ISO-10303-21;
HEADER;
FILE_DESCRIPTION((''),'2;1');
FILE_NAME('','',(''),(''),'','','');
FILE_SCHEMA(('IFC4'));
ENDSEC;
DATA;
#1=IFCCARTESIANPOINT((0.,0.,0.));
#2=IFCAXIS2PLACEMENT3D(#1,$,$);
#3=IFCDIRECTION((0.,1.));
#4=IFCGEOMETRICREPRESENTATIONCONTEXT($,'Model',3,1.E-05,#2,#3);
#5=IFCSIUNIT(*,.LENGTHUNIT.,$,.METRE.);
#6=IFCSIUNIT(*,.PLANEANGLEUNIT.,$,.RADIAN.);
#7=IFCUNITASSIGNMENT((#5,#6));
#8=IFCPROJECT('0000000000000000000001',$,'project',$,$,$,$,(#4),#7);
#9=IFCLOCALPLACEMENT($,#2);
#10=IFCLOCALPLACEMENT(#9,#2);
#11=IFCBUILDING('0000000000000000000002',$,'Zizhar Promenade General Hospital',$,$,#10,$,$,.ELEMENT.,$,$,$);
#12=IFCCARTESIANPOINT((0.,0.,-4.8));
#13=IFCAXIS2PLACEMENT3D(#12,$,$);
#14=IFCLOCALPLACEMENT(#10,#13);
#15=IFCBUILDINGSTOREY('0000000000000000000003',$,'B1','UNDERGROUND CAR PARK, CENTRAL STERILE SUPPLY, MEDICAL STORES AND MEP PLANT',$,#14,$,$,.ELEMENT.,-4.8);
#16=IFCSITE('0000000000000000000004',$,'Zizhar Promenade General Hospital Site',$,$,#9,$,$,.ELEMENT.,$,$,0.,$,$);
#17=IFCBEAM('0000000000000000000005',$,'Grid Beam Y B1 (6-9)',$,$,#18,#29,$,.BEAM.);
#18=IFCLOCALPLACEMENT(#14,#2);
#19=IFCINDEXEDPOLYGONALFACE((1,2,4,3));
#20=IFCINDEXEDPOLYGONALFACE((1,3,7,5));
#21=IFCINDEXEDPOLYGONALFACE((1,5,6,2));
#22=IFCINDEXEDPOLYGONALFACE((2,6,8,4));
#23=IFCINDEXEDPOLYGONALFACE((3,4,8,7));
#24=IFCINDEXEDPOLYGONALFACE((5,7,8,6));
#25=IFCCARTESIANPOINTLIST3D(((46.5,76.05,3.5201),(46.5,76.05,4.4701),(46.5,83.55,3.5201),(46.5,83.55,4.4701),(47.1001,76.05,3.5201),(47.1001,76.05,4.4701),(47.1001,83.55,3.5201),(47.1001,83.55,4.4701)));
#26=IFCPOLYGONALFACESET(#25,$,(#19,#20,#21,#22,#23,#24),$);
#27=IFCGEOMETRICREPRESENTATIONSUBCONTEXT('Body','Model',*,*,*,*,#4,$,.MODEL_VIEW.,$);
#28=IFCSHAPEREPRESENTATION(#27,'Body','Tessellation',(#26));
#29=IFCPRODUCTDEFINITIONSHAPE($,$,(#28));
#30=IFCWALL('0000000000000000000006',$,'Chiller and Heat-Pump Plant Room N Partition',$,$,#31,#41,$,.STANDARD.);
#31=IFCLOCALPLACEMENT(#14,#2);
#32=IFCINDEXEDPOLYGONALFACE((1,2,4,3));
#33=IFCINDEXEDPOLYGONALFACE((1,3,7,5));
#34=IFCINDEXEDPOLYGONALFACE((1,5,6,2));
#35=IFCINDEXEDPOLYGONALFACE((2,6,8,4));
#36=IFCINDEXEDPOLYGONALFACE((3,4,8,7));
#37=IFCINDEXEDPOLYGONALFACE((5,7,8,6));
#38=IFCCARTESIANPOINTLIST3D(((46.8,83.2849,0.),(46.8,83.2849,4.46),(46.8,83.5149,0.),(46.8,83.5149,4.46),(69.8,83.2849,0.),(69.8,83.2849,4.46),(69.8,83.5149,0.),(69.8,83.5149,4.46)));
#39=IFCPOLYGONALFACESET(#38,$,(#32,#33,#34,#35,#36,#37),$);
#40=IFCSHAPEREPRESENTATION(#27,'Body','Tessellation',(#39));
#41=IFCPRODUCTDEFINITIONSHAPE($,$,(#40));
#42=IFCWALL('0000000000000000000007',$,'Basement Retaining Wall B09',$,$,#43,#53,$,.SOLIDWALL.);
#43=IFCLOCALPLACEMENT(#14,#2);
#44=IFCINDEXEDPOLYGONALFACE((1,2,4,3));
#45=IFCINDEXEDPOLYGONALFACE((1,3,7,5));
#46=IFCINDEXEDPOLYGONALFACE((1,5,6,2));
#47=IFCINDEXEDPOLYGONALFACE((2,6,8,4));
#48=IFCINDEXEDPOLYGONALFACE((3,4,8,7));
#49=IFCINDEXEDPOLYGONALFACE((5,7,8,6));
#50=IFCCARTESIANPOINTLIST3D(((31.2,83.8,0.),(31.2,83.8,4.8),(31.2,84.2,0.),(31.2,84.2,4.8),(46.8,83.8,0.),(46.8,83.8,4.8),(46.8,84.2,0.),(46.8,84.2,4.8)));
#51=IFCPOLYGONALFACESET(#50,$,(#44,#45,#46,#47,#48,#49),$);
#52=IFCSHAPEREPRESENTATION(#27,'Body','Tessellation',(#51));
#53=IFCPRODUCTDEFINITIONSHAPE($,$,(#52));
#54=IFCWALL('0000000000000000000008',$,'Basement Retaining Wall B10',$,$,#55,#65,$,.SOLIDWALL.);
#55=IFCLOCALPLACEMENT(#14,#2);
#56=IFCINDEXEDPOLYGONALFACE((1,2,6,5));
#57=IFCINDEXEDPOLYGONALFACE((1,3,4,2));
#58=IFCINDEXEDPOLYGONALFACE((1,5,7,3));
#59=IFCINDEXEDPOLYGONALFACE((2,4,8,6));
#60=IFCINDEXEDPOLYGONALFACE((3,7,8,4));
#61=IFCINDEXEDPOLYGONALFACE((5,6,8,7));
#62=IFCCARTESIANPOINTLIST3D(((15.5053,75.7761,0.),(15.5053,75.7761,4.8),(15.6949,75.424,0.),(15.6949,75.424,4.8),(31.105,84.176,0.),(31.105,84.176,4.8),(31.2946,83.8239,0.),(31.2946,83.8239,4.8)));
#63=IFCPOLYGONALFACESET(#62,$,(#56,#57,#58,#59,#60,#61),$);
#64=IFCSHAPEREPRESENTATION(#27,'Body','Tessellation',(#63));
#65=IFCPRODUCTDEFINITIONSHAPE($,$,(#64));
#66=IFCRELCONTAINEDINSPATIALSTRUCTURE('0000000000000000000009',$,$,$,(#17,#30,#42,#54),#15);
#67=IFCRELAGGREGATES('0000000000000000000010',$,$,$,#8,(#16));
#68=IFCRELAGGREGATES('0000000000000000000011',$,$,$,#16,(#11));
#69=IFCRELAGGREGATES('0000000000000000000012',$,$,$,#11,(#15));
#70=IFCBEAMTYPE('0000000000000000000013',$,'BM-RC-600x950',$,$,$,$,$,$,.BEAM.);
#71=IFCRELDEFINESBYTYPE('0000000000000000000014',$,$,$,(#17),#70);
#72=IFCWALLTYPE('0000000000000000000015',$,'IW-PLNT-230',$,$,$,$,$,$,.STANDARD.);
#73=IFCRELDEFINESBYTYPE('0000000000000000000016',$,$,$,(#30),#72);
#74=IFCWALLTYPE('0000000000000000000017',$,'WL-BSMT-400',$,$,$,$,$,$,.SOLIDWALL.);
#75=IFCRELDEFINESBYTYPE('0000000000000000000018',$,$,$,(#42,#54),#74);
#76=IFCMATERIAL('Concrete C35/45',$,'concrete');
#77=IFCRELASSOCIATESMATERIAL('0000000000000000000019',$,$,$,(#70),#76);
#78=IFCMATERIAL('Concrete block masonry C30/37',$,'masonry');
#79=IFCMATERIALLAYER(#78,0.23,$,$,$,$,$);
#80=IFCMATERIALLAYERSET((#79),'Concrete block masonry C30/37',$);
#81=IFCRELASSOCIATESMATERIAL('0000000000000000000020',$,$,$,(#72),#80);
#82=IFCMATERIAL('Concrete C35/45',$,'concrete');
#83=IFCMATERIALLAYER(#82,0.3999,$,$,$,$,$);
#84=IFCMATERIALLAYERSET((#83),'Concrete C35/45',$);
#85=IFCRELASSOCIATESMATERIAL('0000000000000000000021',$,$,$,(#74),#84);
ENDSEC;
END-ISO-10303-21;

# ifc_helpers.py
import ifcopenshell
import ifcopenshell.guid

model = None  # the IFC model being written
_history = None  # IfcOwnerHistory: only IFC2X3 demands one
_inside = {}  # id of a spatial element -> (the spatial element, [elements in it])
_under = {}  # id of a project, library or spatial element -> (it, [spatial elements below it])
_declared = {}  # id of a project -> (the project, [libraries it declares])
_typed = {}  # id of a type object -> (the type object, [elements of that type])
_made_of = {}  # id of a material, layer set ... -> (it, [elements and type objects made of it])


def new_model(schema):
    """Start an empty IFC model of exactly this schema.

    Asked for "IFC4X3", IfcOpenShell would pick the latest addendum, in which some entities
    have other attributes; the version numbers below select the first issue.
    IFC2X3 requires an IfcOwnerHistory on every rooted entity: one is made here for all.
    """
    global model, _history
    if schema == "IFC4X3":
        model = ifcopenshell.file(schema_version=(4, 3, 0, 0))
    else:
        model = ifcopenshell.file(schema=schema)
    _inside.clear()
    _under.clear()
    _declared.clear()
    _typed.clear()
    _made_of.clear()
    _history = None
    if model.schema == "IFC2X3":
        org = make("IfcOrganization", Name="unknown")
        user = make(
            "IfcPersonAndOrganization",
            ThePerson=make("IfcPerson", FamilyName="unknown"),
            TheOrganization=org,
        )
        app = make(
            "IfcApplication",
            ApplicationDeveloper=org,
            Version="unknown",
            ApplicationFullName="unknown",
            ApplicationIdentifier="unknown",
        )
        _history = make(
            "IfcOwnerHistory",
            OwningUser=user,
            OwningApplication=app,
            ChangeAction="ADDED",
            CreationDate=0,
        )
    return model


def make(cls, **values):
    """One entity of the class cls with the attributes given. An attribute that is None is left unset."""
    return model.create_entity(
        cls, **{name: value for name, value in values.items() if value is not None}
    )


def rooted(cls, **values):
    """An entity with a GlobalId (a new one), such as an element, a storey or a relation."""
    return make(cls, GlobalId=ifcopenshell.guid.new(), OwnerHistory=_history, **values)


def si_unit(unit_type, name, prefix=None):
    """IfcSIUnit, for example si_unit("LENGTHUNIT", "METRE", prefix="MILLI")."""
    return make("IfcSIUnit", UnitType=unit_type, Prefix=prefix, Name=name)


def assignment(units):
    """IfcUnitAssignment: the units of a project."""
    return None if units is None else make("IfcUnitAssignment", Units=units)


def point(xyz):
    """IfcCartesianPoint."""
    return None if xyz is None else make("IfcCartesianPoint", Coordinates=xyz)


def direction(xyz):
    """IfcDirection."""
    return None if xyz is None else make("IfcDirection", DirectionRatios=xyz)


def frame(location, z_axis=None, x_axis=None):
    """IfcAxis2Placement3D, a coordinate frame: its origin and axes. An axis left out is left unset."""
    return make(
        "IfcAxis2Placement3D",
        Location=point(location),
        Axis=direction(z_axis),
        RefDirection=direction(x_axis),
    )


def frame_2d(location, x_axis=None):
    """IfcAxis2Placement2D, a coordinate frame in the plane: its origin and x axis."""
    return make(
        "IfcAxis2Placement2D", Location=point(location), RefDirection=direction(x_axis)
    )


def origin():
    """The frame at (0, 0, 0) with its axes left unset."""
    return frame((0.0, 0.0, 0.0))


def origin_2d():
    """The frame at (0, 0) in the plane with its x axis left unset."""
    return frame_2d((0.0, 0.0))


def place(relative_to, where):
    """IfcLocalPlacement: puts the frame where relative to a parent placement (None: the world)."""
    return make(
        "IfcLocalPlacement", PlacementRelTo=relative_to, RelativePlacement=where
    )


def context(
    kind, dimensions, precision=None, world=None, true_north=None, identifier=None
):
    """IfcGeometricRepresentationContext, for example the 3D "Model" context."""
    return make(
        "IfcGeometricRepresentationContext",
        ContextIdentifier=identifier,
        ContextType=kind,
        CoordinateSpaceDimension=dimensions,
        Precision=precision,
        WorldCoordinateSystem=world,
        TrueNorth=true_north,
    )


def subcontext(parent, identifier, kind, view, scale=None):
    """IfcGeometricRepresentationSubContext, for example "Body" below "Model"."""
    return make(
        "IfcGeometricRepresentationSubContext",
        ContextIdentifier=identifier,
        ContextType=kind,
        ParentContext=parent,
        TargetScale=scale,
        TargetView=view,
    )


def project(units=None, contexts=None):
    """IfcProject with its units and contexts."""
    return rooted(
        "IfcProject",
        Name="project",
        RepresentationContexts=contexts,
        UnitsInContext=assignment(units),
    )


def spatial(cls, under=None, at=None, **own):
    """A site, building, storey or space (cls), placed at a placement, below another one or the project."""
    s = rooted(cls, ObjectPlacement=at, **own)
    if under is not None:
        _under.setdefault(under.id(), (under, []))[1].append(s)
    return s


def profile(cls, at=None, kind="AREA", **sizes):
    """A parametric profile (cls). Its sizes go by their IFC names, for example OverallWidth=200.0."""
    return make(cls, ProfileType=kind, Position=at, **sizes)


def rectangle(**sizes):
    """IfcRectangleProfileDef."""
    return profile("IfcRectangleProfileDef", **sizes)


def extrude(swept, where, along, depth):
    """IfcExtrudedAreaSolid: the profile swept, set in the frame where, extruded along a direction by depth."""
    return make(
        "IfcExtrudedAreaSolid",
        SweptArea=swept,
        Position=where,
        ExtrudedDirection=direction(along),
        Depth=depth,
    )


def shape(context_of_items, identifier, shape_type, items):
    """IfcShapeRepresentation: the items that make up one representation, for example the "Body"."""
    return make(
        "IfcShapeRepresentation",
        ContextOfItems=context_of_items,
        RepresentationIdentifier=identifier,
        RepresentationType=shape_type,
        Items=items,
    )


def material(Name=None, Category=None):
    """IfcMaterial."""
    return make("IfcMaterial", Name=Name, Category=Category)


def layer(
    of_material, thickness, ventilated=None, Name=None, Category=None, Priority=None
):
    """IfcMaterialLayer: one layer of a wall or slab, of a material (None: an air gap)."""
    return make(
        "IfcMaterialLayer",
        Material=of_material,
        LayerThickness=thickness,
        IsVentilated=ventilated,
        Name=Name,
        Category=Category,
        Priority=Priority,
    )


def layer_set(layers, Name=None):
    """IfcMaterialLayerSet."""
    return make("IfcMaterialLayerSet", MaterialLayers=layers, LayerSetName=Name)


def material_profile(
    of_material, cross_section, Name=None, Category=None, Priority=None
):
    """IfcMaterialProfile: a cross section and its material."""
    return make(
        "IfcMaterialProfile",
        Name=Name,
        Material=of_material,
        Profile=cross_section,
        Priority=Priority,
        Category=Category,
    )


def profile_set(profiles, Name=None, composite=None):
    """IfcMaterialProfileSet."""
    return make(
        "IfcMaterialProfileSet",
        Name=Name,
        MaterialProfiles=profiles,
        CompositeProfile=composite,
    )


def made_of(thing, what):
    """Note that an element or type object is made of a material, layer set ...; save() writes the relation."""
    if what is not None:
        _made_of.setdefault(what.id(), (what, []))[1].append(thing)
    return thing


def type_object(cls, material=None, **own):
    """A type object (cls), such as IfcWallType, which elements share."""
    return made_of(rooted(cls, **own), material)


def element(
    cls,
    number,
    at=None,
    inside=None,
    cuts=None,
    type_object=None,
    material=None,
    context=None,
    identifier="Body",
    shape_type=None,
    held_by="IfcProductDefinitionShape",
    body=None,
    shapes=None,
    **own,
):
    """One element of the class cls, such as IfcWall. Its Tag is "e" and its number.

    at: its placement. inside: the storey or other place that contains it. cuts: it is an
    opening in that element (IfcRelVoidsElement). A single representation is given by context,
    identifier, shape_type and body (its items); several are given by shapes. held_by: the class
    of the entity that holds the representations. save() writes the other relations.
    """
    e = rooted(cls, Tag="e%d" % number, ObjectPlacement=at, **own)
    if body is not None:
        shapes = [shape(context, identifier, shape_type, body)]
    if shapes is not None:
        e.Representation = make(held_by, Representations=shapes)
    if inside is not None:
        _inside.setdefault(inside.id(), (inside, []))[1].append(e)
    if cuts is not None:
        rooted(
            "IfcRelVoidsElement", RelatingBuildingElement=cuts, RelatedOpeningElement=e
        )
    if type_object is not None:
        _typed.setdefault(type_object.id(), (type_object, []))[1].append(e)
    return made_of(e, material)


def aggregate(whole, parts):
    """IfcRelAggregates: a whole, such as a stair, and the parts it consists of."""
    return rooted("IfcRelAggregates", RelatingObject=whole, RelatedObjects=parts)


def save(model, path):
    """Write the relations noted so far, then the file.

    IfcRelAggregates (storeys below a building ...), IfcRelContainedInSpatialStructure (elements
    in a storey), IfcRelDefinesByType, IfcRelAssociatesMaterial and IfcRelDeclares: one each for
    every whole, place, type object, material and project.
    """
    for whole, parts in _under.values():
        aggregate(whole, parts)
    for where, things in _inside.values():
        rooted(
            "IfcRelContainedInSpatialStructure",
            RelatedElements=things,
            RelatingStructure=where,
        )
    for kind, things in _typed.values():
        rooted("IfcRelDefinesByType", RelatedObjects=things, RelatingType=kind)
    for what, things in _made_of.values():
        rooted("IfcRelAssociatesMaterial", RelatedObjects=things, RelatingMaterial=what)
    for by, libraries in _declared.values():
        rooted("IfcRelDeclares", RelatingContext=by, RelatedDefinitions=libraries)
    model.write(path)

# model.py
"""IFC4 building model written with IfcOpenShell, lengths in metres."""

from ifc_helpers import new_model, si_unit, direction, frame, frame_2d, origin, origin_2d, place, context, subcontext, project, spatial, rectangle, extrude, material, layer, layer_set, material_profile, profile_set, type_object, element, save


model = new_model("IFC4")

# Units and contexts
model_context = context("Model", 3, precision=1e-05, world=origin(), true_north=direction((0.0, 1.0)))
body_context = subcontext(model_context, "Body", "Model", "MODEL_VIEW")
ifc_project = project(units=[si_unit("LENGTHUNIT", "METRE"), si_unit("PLANEANGLEUNIT", "RADIAN")], contexts=[model_context])

# Site, building, storey
site_placement = place(None, origin())
site = spatial("IfcSite", under=ifc_project, at=site_placement, Name="Zizhar Promenade General Hospital Site", CompositionType="ELEMENT", RefElevation=0.0)
building_placement = place(site_placement, origin())
building = spatial("IfcBuilding", under=site, at=building_placement, Name="Zizhar Promenade General Hospital", CompositionType="ELEMENT")
storey_placement = place(building_placement, frame((0.0, 0.0, -4.8)))
storey = spatial("IfcBuildingStorey", under=building, at=storey_placement, Name="B1", Description="UNDERGROUND CAR PARK, CENTRAL STERILE SUPPLY, MEDICAL STORES AND MEP PLANT", CompositionType="ELEMENT", Elevation=-4.8)

# Beam
ifc_material_1 = material(Name="Concrete C35/45", Category="concrete")
ifc_material_profile_1 = material_profile(ifc_material_1, rectangle(XDim=0.6001, YDim=0.95, at=origin_2d()))
ifc_profile_set_1 = profile_set([ifc_material_profile_1], Name="Concrete C35/45")
beam_type_1 = type_object("IfcBeamType", Name="BM-RC-600x950", PredefinedType="BEAM", material=ifc_profile_set_1)
beam_placement = place(storey_placement, frame((46.8, 76.05, 3.9951), z_axis=(0.0, 1.0, 0.0), x_axis=(-1.0, 0.0, 0.0)))
element("IfcBeam", 1, at=beam_placement, inside=storey, type_object=beam_type_1, Name="Grid Beam Y B1 (6-9)", PredefinedType="BEAM", context=body_context, shape_type="SweptSolid", body=[
    extrude(rectangle(XDim=0.6001, YDim=0.95, at=origin_2d()), origin(), (0.0, 0.0, 1.0), 7.5),
])

# Walls
ifc_material_2 = material(Name="Concrete block masonry C30/37", Category="masonry")
ifc_layer_1 = layer(ifc_material_2, 0.23)
ifc_layer_set_1 = layer_set([ifc_layer_1], Name="Concrete block masonry C30/37")
wall_type_1 = type_object("IfcWallType", Name="IW-PLNT-230", PredefinedType="STANDARD", material=ifc_layer_set_1)
wall_1_placement = place(storey_placement, frame((46.8, 83.3999, 0.0), z_axis=(0.0, 0.0, 1.0), x_axis=(1.0, 0.0, 0.0)))
element("IfcWall", 2, at=wall_1_placement, inside=storey, type_object=wall_type_1, Name="Chiller and Heat-Pump Plant Room N Partition", PredefinedType="STANDARD", context=body_context, shape_type="SweptSolid", body=[
    extrude(rectangle(XDim=23.0, YDim=0.23, at=frame_2d((11.5, 0.0))), origin(), (0.0, 0.0, 1.0), 4.46),
])
ifc_material_3 = material(Name="Concrete C35/45", Category="concrete")
ifc_layer_2 = layer(ifc_material_3, 0.3999)
ifc_layer_set_2 = layer_set([ifc_layer_2], Name="Concrete C35/45")
wall_type_2 = type_object("IfcWallType", Name="WL-BSMT-400", PredefinedType="SOLIDWALL", material=ifc_layer_set_2)
wall_2_placement = place(storey_placement, frame((46.8, 84.0, 0.0), z_axis=(0.0, 0.0, 1.0), x_axis=(-1.0, 0.0, 0.0)))
element("IfcWall", 3, at=wall_2_placement, inside=storey, type_object=wall_type_2, Name="Basement Retaining Wall B09", PredefinedType="SOLIDWALL", context=body_context, shape_type="SweptSolid", body=[
    extrude(rectangle(XDim=15.6001, YDim=0.3999, at=frame_2d((7.8, 0.0))), origin(), (0.0, 0.0, 1.0), 4.8),
])
wall_3_placement = place(storey_placement, frame((31.2, 84.0, 0.0), z_axis=(0.0, 0.0, 1.0), x_axis=(-0.880472, -0.474099, 0.0)))
element("IfcWall", 4, at=wall_3_placement, inside=storey, type_object=wall_type_2, Name="Basement Retaining Wall B10", PredefinedType="SOLIDWALL", context=body_context, shape_type="SweptSolid", body=[
    extrude(rectangle(XDim=17.7175, YDim=0.3999, at=frame_2d((8.8589, 0.0))), origin(), (0.0, 0.0, 1.0), 4.8),
])

save(model, "model.ifc")
